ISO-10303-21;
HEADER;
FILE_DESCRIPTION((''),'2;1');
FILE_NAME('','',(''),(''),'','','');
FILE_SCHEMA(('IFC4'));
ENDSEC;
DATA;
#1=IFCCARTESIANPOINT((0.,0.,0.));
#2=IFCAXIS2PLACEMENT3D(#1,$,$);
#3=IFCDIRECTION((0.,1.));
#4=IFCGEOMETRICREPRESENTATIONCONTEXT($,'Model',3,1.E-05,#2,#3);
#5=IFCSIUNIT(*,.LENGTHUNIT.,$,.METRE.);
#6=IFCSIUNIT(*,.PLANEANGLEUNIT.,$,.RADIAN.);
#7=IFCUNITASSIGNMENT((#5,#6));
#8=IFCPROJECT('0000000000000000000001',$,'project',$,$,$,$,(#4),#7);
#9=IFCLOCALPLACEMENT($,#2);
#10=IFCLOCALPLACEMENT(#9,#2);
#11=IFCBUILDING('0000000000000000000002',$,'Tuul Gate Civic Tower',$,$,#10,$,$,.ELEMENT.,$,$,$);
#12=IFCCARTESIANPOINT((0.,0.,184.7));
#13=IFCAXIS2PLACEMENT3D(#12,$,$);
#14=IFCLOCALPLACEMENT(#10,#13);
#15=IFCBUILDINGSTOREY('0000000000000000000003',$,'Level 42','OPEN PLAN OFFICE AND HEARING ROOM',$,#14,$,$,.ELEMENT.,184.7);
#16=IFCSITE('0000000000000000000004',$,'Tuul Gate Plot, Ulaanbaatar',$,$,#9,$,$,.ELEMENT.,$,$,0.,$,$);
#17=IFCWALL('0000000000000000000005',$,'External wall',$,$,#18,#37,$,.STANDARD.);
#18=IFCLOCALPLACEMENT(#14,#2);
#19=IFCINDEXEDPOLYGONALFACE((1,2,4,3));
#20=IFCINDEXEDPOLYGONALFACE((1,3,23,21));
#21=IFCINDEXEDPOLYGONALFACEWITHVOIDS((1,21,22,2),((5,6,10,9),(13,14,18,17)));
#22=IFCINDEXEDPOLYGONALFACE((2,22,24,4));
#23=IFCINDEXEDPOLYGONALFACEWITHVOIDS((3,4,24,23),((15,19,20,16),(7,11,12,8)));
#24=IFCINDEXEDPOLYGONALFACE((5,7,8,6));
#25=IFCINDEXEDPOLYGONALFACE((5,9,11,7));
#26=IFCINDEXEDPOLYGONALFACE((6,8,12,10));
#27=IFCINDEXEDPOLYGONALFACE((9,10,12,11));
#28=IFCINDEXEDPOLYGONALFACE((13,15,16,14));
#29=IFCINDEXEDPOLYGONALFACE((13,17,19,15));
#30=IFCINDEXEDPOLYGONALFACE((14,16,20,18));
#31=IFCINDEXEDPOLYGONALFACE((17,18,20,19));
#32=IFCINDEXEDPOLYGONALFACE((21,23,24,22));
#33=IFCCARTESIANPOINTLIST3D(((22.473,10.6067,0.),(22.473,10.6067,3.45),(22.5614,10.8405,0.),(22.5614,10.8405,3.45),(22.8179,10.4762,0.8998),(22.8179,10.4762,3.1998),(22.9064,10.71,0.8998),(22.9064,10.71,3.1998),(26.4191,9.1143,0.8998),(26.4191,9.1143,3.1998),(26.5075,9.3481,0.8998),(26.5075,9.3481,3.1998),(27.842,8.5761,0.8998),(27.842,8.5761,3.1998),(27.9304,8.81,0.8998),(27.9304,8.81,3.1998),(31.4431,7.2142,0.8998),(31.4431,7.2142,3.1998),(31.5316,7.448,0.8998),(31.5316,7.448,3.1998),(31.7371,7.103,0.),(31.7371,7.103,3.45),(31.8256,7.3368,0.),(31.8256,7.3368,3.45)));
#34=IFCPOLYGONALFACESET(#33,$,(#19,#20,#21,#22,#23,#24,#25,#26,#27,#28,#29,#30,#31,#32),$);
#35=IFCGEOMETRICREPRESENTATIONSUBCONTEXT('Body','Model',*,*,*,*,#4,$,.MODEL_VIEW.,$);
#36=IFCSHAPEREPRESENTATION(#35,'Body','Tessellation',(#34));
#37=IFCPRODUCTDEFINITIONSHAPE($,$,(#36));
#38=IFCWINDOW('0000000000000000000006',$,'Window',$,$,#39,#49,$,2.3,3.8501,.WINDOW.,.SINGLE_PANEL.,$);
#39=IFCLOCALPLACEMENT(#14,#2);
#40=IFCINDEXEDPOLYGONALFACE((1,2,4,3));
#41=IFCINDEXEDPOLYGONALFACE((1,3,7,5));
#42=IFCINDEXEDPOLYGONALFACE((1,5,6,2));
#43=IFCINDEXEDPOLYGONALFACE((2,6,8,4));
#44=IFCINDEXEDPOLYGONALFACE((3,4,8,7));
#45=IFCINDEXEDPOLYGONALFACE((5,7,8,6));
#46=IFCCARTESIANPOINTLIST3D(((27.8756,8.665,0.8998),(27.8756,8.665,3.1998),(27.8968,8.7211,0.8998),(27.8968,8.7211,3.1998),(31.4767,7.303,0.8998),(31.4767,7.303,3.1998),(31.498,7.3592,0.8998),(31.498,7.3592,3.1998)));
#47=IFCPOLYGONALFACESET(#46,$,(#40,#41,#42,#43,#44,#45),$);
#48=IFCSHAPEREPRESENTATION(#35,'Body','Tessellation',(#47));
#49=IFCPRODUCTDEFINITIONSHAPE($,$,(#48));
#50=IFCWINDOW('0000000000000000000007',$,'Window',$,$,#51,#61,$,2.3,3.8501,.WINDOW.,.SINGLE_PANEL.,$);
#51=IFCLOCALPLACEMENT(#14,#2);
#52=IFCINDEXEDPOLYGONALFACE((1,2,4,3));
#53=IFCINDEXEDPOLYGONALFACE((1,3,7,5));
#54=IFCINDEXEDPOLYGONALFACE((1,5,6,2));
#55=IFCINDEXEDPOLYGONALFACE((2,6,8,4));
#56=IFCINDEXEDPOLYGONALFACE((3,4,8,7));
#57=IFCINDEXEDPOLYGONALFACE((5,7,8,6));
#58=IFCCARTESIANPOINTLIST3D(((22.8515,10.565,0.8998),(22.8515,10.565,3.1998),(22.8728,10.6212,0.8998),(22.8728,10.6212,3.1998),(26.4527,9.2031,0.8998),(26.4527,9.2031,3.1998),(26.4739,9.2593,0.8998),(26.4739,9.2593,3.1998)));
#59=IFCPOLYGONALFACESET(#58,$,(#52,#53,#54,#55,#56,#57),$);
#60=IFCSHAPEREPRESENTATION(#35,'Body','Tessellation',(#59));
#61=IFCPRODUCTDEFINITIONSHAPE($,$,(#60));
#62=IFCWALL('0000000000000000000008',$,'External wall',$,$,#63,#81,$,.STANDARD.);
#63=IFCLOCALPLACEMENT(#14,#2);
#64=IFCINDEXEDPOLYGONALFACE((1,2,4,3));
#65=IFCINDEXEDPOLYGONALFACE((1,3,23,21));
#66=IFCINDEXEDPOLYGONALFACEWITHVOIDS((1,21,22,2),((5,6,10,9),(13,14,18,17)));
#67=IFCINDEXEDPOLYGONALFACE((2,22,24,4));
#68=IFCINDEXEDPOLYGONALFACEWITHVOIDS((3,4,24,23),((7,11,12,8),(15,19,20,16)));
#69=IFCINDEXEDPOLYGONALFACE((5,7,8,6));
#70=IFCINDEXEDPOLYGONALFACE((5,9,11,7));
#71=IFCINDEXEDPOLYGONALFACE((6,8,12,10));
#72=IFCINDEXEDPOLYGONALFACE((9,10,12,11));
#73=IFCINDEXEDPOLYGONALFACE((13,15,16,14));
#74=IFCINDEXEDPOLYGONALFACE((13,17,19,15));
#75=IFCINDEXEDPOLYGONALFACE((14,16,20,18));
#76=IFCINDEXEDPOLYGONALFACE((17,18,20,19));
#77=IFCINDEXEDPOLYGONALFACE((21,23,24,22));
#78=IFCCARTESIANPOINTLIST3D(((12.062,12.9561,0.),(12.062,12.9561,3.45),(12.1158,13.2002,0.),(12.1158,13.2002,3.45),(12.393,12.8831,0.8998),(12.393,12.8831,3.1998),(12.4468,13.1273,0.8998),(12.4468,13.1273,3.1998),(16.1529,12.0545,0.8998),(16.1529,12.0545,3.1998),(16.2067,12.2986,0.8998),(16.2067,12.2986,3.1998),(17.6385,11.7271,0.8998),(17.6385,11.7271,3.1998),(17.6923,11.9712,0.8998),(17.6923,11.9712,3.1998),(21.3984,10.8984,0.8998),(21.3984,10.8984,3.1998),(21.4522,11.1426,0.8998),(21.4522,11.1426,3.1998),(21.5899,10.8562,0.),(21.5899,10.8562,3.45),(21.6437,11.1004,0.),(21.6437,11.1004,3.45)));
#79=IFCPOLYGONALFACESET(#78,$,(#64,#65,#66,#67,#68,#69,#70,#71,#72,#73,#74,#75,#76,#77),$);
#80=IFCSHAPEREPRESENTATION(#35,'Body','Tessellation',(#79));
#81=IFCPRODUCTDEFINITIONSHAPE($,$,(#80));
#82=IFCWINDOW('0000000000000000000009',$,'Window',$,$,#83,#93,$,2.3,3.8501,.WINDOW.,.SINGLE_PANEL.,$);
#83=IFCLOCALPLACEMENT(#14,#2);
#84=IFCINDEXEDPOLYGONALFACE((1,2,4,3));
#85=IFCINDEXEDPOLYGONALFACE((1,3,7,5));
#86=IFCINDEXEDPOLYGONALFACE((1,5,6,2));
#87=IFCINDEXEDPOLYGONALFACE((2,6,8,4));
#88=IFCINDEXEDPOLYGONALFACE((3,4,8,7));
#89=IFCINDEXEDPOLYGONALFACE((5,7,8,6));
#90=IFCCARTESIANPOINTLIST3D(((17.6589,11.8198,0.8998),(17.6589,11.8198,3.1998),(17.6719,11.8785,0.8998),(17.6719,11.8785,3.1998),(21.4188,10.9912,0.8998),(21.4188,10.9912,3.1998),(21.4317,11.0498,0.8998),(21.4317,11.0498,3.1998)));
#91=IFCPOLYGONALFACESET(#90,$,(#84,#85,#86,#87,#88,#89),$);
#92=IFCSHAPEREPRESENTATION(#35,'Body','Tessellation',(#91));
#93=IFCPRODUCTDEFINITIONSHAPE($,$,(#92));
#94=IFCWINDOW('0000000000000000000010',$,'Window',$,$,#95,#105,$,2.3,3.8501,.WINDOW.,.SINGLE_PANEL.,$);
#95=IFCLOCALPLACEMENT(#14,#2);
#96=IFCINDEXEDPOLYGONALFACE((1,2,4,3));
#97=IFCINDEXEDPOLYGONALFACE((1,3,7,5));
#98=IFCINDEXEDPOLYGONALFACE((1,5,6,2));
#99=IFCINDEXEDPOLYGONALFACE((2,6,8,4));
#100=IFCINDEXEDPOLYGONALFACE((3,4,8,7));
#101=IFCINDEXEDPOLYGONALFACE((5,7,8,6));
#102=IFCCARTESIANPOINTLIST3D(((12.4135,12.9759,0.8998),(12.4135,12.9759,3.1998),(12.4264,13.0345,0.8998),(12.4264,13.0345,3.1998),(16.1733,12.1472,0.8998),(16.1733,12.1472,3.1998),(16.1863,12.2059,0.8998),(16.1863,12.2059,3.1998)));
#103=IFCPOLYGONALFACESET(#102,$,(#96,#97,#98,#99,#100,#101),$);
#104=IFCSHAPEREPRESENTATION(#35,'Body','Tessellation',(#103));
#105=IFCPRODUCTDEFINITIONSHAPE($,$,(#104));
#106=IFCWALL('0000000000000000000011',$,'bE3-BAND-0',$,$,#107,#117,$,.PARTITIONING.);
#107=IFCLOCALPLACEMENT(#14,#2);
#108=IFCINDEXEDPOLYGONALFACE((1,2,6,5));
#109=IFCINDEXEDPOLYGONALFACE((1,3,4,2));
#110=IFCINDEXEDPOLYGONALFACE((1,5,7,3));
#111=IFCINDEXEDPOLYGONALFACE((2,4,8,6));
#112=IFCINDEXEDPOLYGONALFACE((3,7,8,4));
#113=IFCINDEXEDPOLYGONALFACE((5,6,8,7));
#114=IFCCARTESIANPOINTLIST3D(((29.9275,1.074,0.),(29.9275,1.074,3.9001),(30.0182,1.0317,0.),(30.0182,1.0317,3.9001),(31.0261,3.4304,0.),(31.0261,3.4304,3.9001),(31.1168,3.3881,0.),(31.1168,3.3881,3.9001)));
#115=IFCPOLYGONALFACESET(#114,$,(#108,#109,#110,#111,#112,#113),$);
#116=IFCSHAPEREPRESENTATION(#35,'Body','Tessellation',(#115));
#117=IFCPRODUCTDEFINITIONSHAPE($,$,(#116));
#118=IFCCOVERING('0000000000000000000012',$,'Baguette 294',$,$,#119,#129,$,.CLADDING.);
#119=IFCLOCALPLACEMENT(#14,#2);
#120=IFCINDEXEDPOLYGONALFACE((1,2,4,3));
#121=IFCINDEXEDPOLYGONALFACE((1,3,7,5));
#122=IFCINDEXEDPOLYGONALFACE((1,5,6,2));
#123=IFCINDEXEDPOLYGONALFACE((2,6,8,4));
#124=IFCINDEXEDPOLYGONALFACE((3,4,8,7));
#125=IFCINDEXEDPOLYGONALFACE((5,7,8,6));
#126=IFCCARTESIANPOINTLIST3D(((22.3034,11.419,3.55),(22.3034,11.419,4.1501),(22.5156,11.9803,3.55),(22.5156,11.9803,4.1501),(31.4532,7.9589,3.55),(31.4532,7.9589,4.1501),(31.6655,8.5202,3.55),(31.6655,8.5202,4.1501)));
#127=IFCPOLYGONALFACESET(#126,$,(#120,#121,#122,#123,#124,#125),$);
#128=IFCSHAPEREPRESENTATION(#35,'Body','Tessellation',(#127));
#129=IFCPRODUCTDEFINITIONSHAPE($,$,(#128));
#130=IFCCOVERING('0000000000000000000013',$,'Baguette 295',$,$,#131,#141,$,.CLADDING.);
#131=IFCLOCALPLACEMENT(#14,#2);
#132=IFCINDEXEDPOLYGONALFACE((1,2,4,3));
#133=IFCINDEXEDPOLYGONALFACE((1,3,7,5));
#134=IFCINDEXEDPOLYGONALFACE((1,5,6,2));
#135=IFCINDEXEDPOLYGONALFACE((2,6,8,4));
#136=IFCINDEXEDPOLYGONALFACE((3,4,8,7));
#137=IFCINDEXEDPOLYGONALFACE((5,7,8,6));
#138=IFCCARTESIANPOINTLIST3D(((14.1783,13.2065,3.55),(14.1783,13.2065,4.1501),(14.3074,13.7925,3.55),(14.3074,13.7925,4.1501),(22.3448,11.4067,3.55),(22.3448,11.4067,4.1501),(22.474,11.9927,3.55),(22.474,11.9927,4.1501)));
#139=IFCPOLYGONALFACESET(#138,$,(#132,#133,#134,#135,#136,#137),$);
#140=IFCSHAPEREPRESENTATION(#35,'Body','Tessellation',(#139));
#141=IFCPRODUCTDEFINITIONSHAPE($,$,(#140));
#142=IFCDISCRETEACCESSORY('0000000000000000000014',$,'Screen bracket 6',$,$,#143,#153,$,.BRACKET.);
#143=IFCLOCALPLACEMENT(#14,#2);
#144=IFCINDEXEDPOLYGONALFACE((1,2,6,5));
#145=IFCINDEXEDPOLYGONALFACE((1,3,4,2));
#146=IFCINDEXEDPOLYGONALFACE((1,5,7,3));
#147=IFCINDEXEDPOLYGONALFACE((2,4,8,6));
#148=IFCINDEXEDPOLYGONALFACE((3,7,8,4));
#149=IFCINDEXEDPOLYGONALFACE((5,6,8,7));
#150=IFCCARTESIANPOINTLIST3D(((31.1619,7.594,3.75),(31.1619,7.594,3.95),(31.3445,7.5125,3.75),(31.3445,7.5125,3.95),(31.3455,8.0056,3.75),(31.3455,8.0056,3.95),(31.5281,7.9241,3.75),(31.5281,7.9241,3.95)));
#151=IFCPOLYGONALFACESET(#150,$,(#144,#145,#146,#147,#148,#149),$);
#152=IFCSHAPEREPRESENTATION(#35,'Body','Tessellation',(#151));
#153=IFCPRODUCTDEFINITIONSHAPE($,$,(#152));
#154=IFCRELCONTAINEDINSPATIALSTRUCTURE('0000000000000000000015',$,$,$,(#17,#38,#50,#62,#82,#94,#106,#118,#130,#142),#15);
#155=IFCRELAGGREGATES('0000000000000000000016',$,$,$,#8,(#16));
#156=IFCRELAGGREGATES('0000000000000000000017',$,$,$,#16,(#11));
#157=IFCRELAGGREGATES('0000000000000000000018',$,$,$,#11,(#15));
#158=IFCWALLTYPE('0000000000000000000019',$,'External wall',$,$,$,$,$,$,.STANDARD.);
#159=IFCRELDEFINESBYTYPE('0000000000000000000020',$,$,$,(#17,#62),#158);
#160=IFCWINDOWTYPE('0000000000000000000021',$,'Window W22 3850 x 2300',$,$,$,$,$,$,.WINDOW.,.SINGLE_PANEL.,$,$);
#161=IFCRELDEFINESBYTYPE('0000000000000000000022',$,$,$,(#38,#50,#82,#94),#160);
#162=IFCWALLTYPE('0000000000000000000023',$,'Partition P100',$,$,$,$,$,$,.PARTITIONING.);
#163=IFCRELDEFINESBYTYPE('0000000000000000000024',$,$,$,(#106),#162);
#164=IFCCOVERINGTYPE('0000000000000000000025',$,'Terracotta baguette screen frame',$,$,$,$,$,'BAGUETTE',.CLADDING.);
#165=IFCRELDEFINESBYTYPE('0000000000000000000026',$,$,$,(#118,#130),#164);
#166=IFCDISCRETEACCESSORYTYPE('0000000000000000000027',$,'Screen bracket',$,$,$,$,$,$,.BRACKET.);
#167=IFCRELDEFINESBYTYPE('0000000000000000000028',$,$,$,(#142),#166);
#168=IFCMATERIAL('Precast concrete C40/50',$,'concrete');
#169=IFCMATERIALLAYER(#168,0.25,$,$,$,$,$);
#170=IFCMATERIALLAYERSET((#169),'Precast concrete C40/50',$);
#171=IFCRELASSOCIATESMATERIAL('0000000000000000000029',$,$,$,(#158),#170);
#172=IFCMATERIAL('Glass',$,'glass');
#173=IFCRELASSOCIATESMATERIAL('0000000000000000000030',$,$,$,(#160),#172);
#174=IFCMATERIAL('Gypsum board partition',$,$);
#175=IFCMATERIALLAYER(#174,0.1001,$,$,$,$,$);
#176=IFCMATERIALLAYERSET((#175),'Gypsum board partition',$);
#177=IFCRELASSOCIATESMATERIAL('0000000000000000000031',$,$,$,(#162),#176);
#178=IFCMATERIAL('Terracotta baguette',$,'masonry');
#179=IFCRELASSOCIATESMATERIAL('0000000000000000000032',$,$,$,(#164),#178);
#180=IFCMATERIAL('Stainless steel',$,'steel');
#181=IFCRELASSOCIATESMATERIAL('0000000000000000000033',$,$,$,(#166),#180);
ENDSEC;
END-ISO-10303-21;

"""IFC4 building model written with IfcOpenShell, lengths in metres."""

from ifc_helpers import new_model, si_unit, direction, frame, frame_2d, origin, origin_2d, place, context, subcontext, project, spatial, rectangle, extrude, material, layer, layer_set, material_profile, profile_set, type_object, element, fill, save


model = new_model("IFC4")

# Units and contexts
model_context = context("Model", 3, precision=1e-05, world=origin(), true_north=direction((0.0, 1.0)))
body_context = subcontext(model_context, "Body", "Model", "MODEL_VIEW")
ifc_project = project(units=[si_unit("LENGTHUNIT", "METRE"), si_unit("PLANEANGLEUNIT", "RADIAN")], contexts=[model_context])

# Site, building, storey
site_placement = place(None, origin())
site = spatial("IfcSite", under=ifc_project, at=site_placement, Name="Tuul Gate Plot, Ulaanbaatar", CompositionType="ELEMENT", RefElevation=0.0)
building_placement = place(site_placement, origin())
building = spatial("IfcBuilding", under=site, at=building_placement, Name="Tuul Gate Civic Tower", CompositionType="ELEMENT")
storey_placement = place(building_placement, frame((0.0, 0.0, 184.7)))
storey = spatial("IfcBuildingStorey", under=building, at=storey_placement, Name="Level 42", Description="OPEN PLAN OFFICE AND HEARING ROOM", CompositionType="ELEMENT", Elevation=184.7)

# Walls, openings, windows
ifc_material_1 = material(Name="Precast concrete C40/50", Category="concrete")
ifc_layer_1 = layer(ifc_material_1, 0.25)
ifc_layer_set_1 = layer_set([ifc_layer_1], Name="Precast concrete C40/50")
wall_type_1 = type_object("IfcWallType", Name="External wall", PredefinedType="STANDARD", material=ifc_layer_set_1)
wall_1_placement = place(storey_placement, frame((31.7812, 7.22, 0.0), z_axis=(0.0, 0.0, 1.0), x_axis=(-0.935343, 0.353742, 0.0)))
wall_1 = element("IfcWall", 1, at=wall_1_placement, inside=storey, type_object=wall_type_1, Name="External wall", PredefinedType="STANDARD", context=body_context, shape_type="SweptSolid", body=[
    extrude(rectangle(XDim=9.9045, YDim=0.25, at=frame_2d((4.9521, 0.0))), origin(), (0.0, 0.0, 1.0), 3.45),
])
opening_1_placement = place(wall_1_placement, frame((0.3142, 0.0, 0.8999)))
opening_1 = element("IfcOpeningElement", 2, at=opening_1_placement, cuts=wall_1, PredefinedType="OPENING", context=body_context, shape_type="SweptSolid", body=[
    extrude(rectangle(XDim=3.8501, YDim=2.3, at=frame_2d((1.925, 1.1499))), frame((0.0, 0.135, 0.0), z_axis=(0.0, -1.0, 0.0), x_axis=(1.0, 0.0, 0.0)), (0.0, 0.0, 1.0), 0.27),
])
opening_2_placement = place(wall_1_placement, frame((5.6855, 0.0, 0.8999)))
opening_2 = element("IfcOpeningElement", 3, at=opening_2_placement, cuts=wall_1, PredefinedType="OPENING", context=body_context, shape_type="SweptSolid", body=[
    extrude(rectangle(XDim=3.8501, YDim=2.3, at=frame_2d((1.925, 1.1499))), frame((0.0, 0.135, 0.0), z_axis=(0.0, -1.0, 0.0), x_axis=(1.0, 0.0, 0.0)), (0.0, 0.0, 1.0), 0.27),
])
ifc_material_2 = material(Name="Glass", Category="glass")
window_type = type_object("IfcWindowType", Name="Window W22 3850 x 2300", PartitioningType="SINGLE_PANEL", PredefinedType="WINDOW", material=ifc_material_2)
window_1_placement = place(opening_1_placement, origin())
window_1 = element("IfcWindow", 4, at=window_1_placement, inside=storey, type_object=window_type, Name="Window", OverallHeight=2.3, OverallWidth=3.8501, PartitioningType="SINGLE_PANEL", PredefinedType="WINDOW", context=body_context, shape_type="SweptSolid", body=[
    extrude(rectangle(XDim=3.8501, YDim=2.3, at=frame_2d((1.925, 1.1499))), frame((0.0, 0.03, 0.0), z_axis=(0.0, -1.0, 0.0), x_axis=(1.0, 0.0, 0.0)), (0.0, 0.0, 1.0), 0.0601),
])
fill(opening_1, window_1)
window_2_placement = place(opening_2_placement, origin())
window_2 = element("IfcWindow", 5, at=window_2_placement, inside=storey, type_object=window_type, Name="Window", OverallHeight=2.3, OverallWidth=3.8501, PartitioningType="SINGLE_PANEL", PredefinedType="WINDOW", context=body_context, shape_type="SweptSolid", body=[
    extrude(rectangle(XDim=3.8501, YDim=2.3, at=frame_2d((1.925, 1.1499))), frame((0.0, 0.03, 0.0), z_axis=(0.0, -1.0, 0.0), x_axis=(1.0, 0.0, 0.0)), (0.0, 0.0, 1.0), 0.0601),
])
fill(opening_2, window_2)
wall_2_placement = place(storey_placement, frame((21.6169, 10.9783, 0.0), z_axis=(0.0, 0.0, 1.0), x_axis=(-0.976564, 0.215226, 0.0)))
wall_2 = element("IfcWall", 6, at=wall_2_placement, inside=storey, type_object=wall_type_1, Name="External wall", PredefinedType="STANDARD", context=body_context, shape_type="SweptSolid", body=[
    extrude(rectangle(XDim=9.7566, YDim=0.25, at=frame_2d((4.8784, 0.0))), origin(), (0.0, 0.0, 1.0), 3.45),
])
opening_3_placement = place(wall_2_placement, frame((0.1963, 0.0, 0.8999)))
opening_3 = element("IfcOpeningElement", 7, at=opening_3_placement, cuts=wall_2, PredefinedType="OPENING", context=body_context, shape_type="SweptSolid", body=[
    extrude(rectangle(XDim=3.8501, YDim=2.3, at=frame_2d((1.925, 1.1499))), frame((0.0, 0.135, 0.0), z_axis=(0.0, -1.0, 0.0), x_axis=(1.0, 0.0, 0.0)), (0.0, 0.0, 1.0), 0.27),
])
opening_4_placement = place(wall_2_placement, frame((5.5676, 0.0, 0.8999)))
opening_4 = element("IfcOpeningElement", 8, at=opening_4_placement, cuts=wall_2, PredefinedType="OPENING", context=body_context, shape_type="SweptSolid", body=[
    extrude(rectangle(XDim=3.8501, YDim=2.3, at=frame_2d((1.925, 1.1499))), frame((0.0, 0.135, 0.0), z_axis=(0.0, -1.0, 0.0), x_axis=(1.0, 0.0, 0.0)), (0.0, 0.0, 1.0), 0.27),
])
window_3_placement = place(opening_3_placement, origin())
window_3 = element("IfcWindow", 9, at=window_3_placement, inside=storey, type_object=window_type, Name="Window", OverallHeight=2.3, OverallWidth=3.8501, PartitioningType="SINGLE_PANEL", PredefinedType="WINDOW", context=body_context, shape_type="SweptSolid", body=[
    extrude(rectangle(XDim=3.8501, YDim=2.3, at=frame_2d((1.925, 1.1499))), frame((0.0, 0.03, 0.0), z_axis=(0.0, -1.0, 0.0), x_axis=(1.0, 0.0, 0.0)), (0.0, 0.0, 1.0), 0.0601),
])
fill(opening_3, window_3)
window_4_placement = place(opening_4_placement, origin())
window_4 = element("IfcWindow", 10, at=window_4_placement, inside=storey, type_object=window_type, Name="Window", OverallHeight=2.3, OverallWidth=3.8501, PartitioningType="SINGLE_PANEL", PredefinedType="WINDOW", context=body_context, shape_type="SweptSolid", body=[
    extrude(rectangle(XDim=3.8501, YDim=2.3, at=frame_2d((1.925, 1.1499))), frame((0.0, 0.03, 0.0), z_axis=(0.0, -1.0, 0.0), x_axis=(1.0, 0.0, 0.0)), (0.0, 0.0, 1.0), 0.0601),
])
fill(opening_4, window_4)

# Wall
ifc_material_3 = material(Name="Gypsum board partition")
ifc_layer_2 = layer(ifc_material_3, 0.1001)
ifc_layer_set_2 = layer_set([ifc_layer_2], Name="Gypsum board partition")
wall_type_2 = type_object("IfcWallType", Name="Partition P100", PredefinedType="PARTITIONING", material=ifc_layer_set_2)
wall_3_placement = place(storey_placement, frame((29.9729, 1.053, 0.0), z_axis=(0.0, 0.0, 1.0), x_axis=(0.422556, 0.906337, 0.0)))
element("IfcWall", 11, at=wall_3_placement, inside=storey, type_object=wall_type_2, Name="bE3-BAND-0", PredefinedType="PARTITIONING", context=body_context, shape_type="SweptSolid", body=[
    extrude(rectangle(XDim=2.5999, YDim=0.1001, at=frame_2d((1.2998, 0.0))), origin(), (0.0, 0.0, 1.0), 3.9001),
])

# Coverings
ifc_material_4 = material(Name="Terracotta baguette", Category="masonry")
ifc_material_profile_1 = material_profile(ifc_material_4, rectangle(XDim=0.6001, YDim=0.6001, at=origin_2d()), Name="Terracotta baguette screen frame")
ifc_profile_set_1 = profile_set([ifc_material_profile_1], Name="Terracotta baguette")
covering_type = type_object("IfcCoveringType", Name="Terracotta baguette screen frame", ElementType="BAGUETTE", PredefinedType="CLADDING", material=ifc_profile_set_1)
covering_1_placement = place(storey_placement, frame((31.5593, 8.2395, 3.8501), z_axis=(-0.935351, 0.35372, 0.0), x_axis=(-0.35372, -0.935351, 0.0)))
element("IfcCovering", 12, at=covering_1_placement, inside=storey, type_object=covering_type, Name="Baguette 294", PredefinedType="CLADDING", context=body_context, shape_type="SweptSolid", body=[
    extrude(rectangle(XDim=0.6001, YDim=0.6001, at=origin_2d()), origin(), (0.0, 0.0, 1.0), 9.7822),
])
covering_2_placement = place(storey_placement, frame((22.4094, 11.6997, 3.8501), z_axis=(-0.976565, 0.215224, 0.0), x_axis=(-0.215224, -0.976565, 0.0)))
element("IfcCovering", 13, at=covering_2_placement, inside=storey, type_object=covering_type, Name="Baguette 295", PredefinedType="CLADDING", context=body_context, shape_type="SweptSolid", body=[
    extrude(rectangle(XDim=0.6001, YDim=0.6001, at=origin_2d()), origin(), (0.0, 0.0, 1.0), 8.3625),
])

# Discrete accessory
ifc_material_5 = material(Name="Stainless steel", Category="steel")
discrete_accessory_type = type_object("IfcDiscreteAccessoryType", Name="Screen bracket", PredefinedType="BRACKET", material=ifc_material_5)
discrete_accessory_placement = place(storey_placement, frame((31.345, 7.759, 3.75), z_axis=(0.0, 0.0, 1.0), x_axis=(0.407425, 0.913239, 0.0)))
element("IfcDiscreteAccessory", 14, at=discrete_accessory_placement, inside=storey, type_object=discrete_accessory_type, Name="Screen bracket 6", PredefinedType="BRACKET", context=body_context, shape_type="SweptSolid", body=[
    extrude(rectangle(XDim=0.4507, YDim=0.2, at=origin_2d()), origin(), (0.0, 0.0, 1.0), 0.2),
])

save(model, "model.ifc")
